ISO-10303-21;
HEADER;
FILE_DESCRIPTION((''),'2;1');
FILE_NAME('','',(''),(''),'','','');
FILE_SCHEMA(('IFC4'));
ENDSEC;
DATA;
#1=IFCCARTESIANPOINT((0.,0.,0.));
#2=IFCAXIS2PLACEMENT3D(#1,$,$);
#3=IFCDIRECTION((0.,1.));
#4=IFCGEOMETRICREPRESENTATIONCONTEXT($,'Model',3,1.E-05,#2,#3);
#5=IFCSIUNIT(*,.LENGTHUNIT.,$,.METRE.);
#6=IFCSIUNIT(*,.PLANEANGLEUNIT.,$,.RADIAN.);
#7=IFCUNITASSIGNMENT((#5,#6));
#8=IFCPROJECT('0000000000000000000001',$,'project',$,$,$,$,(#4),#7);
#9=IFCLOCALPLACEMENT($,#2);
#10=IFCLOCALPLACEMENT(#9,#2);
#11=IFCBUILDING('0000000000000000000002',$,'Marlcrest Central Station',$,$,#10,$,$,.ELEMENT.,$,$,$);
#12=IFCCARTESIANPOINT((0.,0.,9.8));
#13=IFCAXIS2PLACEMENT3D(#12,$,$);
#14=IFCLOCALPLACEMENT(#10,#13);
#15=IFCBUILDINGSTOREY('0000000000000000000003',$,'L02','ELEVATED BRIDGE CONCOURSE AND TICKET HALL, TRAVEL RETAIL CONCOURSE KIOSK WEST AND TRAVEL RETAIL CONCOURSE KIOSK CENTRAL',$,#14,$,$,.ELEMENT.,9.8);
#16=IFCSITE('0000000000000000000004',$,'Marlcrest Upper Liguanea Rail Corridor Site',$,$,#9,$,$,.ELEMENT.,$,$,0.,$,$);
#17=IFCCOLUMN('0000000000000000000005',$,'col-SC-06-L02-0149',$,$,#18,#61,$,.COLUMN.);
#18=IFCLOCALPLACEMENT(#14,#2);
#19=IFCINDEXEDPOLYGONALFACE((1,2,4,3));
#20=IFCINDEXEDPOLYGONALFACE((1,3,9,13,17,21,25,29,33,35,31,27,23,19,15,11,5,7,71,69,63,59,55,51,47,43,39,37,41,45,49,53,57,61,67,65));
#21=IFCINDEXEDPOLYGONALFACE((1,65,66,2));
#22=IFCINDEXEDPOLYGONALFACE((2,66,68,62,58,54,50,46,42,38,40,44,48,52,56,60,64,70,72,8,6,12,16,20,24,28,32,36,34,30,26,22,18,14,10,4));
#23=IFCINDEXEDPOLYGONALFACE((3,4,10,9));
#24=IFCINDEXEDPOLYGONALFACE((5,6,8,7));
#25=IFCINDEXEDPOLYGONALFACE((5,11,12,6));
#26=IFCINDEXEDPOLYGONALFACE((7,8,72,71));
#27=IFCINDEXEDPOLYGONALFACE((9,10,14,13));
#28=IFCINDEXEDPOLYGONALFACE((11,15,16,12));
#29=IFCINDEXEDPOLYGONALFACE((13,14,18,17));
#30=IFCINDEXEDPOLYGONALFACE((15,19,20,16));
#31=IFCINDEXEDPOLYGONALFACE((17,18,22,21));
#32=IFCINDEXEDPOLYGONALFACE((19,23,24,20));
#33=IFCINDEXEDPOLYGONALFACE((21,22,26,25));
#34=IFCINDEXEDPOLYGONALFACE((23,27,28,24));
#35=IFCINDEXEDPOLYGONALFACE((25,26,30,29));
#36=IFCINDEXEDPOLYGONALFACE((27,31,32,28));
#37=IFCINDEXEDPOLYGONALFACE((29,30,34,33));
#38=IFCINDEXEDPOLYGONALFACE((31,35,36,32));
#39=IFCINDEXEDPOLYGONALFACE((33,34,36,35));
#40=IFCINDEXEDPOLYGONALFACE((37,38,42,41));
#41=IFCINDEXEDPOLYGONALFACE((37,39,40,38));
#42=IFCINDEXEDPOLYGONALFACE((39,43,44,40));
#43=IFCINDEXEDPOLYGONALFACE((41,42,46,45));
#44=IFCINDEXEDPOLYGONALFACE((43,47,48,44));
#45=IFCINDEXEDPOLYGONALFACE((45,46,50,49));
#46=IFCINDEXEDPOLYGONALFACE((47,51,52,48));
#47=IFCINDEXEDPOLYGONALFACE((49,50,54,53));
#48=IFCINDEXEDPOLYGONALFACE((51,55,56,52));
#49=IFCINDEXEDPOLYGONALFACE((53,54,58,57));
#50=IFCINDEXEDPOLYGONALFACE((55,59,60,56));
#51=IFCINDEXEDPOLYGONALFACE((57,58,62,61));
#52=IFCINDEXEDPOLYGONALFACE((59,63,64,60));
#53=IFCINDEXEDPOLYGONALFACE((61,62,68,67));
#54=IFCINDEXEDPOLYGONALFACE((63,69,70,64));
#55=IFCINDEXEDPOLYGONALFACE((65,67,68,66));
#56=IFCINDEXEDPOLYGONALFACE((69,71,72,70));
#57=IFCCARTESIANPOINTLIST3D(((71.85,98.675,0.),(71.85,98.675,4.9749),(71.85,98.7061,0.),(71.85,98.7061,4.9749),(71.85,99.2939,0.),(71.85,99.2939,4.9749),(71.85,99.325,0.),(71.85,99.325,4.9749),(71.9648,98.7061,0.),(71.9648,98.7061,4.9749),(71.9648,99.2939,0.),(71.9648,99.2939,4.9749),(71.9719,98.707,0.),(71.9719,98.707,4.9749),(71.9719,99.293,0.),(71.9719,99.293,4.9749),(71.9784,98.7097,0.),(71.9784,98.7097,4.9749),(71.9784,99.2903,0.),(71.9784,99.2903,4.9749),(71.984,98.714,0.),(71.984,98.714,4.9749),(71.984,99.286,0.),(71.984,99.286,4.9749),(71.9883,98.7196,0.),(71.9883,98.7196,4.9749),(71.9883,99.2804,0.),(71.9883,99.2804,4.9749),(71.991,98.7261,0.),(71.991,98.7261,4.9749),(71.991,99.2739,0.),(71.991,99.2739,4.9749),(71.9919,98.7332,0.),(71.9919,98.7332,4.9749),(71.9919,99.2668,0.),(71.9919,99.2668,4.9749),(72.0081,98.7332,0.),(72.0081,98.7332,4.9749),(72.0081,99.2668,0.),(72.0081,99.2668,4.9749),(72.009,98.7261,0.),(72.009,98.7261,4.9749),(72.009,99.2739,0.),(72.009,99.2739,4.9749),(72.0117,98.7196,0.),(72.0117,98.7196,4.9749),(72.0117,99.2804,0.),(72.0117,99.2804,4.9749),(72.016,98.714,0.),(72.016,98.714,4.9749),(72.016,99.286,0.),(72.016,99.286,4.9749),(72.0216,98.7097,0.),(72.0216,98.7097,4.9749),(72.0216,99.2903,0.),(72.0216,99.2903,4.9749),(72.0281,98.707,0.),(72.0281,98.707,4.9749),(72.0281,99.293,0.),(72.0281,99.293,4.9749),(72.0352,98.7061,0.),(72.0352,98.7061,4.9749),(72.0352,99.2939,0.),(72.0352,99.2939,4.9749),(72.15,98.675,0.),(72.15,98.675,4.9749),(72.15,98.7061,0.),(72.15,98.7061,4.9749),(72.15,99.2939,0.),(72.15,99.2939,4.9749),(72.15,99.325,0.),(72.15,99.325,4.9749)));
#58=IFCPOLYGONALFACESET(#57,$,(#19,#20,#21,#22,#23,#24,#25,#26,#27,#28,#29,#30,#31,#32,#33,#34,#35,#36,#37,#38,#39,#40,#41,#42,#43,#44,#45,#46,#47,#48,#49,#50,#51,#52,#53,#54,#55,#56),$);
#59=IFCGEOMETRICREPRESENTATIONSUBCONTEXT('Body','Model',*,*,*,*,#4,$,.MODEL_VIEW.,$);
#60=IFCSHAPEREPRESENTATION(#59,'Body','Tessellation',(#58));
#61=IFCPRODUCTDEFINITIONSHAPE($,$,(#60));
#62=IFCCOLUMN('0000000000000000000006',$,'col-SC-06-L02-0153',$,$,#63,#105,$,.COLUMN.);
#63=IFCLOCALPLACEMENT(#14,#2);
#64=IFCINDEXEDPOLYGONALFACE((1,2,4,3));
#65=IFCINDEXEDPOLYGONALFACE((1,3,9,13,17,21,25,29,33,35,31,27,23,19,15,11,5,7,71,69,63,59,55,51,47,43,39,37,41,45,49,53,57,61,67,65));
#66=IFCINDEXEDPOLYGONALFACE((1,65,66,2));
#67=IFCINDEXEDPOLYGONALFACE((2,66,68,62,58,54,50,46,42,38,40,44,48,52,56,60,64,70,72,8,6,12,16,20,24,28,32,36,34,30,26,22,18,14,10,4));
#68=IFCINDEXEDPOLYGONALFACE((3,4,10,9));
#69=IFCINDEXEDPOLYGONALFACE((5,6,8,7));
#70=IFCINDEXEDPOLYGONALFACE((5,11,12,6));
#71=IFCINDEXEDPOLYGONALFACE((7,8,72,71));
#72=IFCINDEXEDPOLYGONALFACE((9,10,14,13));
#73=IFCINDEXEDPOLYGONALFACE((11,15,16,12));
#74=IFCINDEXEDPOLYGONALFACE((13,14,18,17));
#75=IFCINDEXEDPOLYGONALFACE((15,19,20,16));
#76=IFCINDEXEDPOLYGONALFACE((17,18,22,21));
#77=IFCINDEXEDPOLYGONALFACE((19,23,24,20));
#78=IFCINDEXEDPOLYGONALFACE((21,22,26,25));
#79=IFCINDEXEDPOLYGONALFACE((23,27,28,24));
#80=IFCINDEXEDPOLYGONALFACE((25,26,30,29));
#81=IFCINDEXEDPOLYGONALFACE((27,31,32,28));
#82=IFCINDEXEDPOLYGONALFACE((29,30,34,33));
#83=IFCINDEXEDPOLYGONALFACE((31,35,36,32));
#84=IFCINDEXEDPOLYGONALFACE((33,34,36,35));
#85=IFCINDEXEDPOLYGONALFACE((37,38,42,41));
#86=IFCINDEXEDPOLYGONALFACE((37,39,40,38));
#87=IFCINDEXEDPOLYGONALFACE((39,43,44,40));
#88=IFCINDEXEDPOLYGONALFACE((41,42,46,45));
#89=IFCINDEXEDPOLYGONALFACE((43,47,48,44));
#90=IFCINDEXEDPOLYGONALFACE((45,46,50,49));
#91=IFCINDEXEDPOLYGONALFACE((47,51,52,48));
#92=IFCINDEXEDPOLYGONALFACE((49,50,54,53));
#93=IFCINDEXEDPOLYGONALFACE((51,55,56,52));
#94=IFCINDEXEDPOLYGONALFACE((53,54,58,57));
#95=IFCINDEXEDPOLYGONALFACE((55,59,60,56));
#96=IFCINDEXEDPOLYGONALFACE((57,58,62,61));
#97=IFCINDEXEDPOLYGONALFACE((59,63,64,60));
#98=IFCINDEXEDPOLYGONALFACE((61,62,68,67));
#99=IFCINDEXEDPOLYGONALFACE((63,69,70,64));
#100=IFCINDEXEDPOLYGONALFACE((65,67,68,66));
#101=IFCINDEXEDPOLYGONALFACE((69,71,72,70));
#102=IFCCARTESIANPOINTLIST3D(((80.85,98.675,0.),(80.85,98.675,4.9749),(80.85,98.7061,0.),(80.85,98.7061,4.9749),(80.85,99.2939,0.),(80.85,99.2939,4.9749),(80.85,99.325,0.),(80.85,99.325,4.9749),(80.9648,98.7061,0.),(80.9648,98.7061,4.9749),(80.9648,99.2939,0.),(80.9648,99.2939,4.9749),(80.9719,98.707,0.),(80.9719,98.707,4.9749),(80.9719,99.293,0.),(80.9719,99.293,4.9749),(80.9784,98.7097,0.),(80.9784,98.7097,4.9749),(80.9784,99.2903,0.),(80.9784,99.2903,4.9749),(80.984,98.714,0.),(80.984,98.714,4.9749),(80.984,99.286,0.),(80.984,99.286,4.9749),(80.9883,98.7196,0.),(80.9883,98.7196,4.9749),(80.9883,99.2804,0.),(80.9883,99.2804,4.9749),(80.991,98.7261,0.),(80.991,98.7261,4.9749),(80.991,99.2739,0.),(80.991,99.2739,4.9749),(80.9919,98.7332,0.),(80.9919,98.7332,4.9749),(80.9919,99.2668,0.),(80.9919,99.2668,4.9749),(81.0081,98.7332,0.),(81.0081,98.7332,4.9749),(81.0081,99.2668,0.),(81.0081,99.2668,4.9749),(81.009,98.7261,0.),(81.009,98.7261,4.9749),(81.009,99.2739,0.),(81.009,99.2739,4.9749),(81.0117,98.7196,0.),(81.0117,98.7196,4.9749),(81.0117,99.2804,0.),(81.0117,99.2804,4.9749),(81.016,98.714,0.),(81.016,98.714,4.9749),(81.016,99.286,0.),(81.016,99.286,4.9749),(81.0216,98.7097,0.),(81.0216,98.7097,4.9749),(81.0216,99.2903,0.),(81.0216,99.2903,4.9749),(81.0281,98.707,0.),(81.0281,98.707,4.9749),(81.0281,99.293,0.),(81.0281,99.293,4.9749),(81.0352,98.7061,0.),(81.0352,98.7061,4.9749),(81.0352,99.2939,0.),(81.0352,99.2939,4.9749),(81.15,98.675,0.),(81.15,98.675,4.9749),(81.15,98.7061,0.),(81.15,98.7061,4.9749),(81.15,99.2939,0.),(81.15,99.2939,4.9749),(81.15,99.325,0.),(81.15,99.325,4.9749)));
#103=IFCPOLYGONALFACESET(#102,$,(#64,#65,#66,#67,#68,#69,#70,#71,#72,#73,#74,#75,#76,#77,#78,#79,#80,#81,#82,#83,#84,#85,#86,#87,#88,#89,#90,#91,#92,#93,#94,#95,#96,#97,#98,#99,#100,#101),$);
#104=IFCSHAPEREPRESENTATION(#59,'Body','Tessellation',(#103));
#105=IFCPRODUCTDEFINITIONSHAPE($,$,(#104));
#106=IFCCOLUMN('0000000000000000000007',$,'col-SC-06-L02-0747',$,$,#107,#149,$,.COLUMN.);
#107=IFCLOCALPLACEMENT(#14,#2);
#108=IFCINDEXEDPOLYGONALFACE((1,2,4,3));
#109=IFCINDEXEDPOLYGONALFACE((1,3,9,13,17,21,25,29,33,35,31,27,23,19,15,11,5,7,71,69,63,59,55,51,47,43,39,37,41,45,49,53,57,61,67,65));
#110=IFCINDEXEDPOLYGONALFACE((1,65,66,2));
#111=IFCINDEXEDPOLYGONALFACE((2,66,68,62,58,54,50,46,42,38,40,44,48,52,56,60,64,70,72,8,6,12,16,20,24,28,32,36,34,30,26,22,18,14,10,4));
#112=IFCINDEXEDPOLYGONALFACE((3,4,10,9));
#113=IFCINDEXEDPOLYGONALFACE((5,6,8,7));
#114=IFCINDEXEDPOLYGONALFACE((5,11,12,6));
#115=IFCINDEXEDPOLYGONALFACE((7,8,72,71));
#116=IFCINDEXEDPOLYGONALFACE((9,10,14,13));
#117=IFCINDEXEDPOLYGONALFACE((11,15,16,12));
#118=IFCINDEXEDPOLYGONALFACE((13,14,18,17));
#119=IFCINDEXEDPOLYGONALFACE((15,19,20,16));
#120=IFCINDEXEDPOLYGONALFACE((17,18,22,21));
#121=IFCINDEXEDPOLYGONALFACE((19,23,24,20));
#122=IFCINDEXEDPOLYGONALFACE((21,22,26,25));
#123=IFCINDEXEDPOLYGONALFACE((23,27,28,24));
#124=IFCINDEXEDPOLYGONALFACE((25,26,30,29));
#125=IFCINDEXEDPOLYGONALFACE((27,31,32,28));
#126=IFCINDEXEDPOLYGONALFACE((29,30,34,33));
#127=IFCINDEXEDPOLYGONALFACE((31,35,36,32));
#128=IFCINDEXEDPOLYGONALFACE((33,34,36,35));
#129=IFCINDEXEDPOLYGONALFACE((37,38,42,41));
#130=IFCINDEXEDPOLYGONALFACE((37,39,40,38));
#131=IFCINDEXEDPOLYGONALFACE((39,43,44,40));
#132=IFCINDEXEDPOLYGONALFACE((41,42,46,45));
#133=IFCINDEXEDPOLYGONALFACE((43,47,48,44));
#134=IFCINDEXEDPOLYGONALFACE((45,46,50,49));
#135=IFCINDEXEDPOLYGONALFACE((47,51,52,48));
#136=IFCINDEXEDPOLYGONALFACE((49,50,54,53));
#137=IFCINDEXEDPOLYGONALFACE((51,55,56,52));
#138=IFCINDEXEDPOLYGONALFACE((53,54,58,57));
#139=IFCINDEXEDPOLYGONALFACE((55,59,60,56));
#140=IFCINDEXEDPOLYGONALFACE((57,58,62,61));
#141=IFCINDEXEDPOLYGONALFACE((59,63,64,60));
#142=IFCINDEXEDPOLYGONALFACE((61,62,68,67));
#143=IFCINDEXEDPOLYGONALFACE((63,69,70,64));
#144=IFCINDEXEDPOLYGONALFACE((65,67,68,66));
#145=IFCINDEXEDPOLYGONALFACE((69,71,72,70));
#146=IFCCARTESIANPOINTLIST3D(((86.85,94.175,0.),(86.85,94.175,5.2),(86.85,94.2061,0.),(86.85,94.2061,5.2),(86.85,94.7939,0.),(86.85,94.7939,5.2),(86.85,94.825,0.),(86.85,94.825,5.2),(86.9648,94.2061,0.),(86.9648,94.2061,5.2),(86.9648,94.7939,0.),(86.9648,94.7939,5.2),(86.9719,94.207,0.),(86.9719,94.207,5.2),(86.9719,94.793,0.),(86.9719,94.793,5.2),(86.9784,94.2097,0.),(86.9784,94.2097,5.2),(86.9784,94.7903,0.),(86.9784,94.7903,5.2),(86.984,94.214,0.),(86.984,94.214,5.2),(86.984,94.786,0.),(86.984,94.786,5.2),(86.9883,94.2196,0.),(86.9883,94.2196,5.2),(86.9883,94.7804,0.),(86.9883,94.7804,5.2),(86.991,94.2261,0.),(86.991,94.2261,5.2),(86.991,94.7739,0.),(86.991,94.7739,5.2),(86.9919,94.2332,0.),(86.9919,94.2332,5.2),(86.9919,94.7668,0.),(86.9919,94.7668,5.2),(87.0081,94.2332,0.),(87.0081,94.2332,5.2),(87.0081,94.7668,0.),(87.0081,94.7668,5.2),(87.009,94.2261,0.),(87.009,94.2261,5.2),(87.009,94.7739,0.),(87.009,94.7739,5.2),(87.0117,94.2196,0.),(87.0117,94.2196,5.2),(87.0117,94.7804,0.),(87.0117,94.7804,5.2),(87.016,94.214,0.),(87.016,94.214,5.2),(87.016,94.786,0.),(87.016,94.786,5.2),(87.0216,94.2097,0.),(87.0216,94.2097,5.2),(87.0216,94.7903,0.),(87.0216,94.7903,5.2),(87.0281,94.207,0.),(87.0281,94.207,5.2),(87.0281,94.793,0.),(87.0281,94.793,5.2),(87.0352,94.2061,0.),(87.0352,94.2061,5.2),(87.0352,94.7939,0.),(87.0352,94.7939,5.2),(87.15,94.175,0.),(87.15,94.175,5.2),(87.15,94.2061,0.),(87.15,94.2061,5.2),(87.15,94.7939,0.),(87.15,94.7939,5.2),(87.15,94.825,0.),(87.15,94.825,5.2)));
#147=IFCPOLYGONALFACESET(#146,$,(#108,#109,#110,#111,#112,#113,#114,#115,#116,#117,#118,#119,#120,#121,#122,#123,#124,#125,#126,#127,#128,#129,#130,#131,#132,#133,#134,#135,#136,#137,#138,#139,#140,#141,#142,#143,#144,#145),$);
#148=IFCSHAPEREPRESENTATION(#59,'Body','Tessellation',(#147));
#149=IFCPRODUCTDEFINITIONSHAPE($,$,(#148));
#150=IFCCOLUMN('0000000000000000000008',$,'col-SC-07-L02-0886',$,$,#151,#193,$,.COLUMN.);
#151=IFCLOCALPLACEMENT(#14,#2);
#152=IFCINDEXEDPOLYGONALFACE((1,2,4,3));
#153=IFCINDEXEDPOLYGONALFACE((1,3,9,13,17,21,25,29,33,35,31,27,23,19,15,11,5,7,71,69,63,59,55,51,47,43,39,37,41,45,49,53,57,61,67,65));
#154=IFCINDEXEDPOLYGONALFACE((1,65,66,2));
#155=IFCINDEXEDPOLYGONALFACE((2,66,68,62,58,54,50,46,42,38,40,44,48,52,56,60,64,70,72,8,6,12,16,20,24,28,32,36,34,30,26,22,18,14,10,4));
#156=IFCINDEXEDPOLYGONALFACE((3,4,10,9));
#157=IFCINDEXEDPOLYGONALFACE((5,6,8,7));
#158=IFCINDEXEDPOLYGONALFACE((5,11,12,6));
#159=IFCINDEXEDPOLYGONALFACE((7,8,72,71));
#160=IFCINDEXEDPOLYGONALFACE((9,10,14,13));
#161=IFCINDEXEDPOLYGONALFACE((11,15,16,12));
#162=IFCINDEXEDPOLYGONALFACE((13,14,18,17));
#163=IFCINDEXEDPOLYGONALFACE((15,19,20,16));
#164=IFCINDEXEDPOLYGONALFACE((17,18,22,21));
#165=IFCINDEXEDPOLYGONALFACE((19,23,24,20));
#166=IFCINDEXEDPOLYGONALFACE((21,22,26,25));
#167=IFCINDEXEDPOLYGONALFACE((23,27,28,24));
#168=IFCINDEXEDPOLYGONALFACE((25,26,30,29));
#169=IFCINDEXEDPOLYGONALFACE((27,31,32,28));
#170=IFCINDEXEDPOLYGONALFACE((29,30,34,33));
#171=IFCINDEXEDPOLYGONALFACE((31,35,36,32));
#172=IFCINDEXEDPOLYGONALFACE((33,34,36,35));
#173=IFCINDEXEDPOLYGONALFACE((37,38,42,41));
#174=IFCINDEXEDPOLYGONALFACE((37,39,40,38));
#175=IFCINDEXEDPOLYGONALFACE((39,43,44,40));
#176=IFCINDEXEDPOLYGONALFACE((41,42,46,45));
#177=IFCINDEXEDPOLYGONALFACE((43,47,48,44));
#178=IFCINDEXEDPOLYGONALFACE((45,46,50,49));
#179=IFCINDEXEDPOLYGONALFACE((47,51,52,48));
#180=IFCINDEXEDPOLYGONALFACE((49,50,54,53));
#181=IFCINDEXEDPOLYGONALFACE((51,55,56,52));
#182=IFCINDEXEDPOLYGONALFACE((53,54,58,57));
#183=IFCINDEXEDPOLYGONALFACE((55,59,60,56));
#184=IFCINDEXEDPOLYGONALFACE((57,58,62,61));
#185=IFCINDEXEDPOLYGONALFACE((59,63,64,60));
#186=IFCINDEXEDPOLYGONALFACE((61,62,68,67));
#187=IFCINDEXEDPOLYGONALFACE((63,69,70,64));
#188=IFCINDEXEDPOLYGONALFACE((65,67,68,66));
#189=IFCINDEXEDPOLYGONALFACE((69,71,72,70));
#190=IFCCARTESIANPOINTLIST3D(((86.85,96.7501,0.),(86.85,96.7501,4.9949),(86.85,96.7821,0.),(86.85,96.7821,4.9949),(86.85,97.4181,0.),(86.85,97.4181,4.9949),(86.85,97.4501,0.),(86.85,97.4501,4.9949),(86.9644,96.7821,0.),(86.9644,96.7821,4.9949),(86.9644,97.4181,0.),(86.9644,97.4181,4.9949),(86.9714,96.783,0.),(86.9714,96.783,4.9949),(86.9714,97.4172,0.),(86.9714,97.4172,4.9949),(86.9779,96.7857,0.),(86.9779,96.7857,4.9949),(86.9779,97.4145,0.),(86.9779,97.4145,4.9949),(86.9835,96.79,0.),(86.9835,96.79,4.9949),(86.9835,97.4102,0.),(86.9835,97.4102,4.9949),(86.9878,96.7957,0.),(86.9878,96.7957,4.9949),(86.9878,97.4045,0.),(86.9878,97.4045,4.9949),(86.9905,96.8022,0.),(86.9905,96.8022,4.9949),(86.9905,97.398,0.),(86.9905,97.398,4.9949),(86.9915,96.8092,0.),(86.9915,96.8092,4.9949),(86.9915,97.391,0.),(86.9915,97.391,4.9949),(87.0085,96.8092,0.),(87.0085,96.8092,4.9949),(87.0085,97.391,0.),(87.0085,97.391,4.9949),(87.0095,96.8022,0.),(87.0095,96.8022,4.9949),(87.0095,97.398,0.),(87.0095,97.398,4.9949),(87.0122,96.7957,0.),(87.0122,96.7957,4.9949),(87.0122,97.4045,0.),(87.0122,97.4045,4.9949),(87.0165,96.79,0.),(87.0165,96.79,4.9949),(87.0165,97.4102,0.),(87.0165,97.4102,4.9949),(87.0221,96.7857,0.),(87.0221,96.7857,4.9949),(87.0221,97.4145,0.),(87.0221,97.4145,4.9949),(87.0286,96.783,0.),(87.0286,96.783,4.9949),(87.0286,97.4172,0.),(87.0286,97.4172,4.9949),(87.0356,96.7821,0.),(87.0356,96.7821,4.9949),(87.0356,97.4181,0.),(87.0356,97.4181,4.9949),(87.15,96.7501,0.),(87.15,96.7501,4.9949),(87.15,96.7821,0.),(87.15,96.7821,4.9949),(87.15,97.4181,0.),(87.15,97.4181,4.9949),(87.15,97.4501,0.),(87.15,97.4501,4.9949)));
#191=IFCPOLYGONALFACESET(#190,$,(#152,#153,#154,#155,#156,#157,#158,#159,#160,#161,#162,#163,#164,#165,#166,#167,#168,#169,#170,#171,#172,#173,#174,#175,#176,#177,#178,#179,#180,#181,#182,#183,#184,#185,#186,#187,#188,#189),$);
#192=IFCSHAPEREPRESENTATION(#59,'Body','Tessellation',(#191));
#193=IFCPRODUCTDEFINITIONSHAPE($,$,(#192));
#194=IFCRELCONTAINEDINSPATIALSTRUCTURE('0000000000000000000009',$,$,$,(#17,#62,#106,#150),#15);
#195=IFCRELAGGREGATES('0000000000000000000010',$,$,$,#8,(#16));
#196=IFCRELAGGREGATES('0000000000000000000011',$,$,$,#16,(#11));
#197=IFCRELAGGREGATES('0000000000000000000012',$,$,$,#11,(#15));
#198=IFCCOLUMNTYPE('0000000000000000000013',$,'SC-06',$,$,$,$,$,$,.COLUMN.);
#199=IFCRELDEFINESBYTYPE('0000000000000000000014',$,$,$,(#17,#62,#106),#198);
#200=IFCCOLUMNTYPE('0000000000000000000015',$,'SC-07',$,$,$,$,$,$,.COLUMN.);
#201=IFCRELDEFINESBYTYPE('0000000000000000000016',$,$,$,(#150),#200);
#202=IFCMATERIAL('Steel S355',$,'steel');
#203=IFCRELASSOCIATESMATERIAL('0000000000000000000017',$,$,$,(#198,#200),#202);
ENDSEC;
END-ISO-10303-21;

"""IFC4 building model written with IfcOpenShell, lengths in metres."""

from ifc_helpers import new_model, si_unit, direction, frame, origin, origin_2d, place, context, subcontext, project, spatial, i_section, extrude, material, material_profile, profile_set, type_object, element, save


model = new_model("IFC4")

# Units and contexts
model_context = context("Model", 3, precision=1e-05, world=origin(), true_north=direction((0.0, 1.0)))
body_context = subcontext(model_context, "Body", "Model", "MODEL_VIEW")
ifc_project = project(units=[si_unit("LENGTHUNIT", "METRE"), si_unit("PLANEANGLEUNIT", "RADIAN")], contexts=[model_context])

# Site, building, storey
site_placement = place(None, origin())
site = spatial("IfcSite", under=ifc_project, at=site_placement, Name="Marlcrest Upper Liguanea Rail Corridor Site", CompositionType="ELEMENT", RefElevation=0.0)
building_placement = place(site_placement, origin())
building = spatial("IfcBuilding", under=site, at=building_placement, Name="Marlcrest Central Station", CompositionType="ELEMENT")
storey_placement = place(building_placement, frame((0.0, 0.0, 9.8)))
storey = spatial("IfcBuildingStorey", under=building, at=storey_placement, Name="L02", Description="ELEVATED BRIDGE CONCOURSE AND TICKET HALL, TRAVEL RETAIL CONCOURSE KIOSK WEST AND TRAVEL RETAIL CONCOURSE KIOSK CENTRAL", CompositionType="ELEMENT", Elevation=9.8)

# Columns
ifc_material_1 = material(Name="Steel S355", Category="steel")
ifc_material_profile_1 = material_profile(ifc_material_1, i_section(OverallWidth=0.3, OverallDepth=0.6499, WebThickness=0.0161, FlangeThickness=0.031, FilletRadius=0.0271, at=origin_2d()), Name="HEB 650")
ifc_profile_set_1 = profile_set([ifc_material_profile_1], Name="Steel S355")
column_type_1 = type_object("IfcColumnType", Name="SC-06", PredefinedType="COLUMN", material=ifc_profile_set_1)
for number, where, z_axis, x_axis, name in (
    (1, (72.0, 99.0, 0.0), (0.0, 0.0, 1.0), (1.0, 0.0, 0.0), "col-SC-06-L02-0149"),
    (2, (81.0, 99.0, 0.0), (0.0, 0.0, 1.0), (1.0, 0.0, 0.0), "col-SC-06-L02-0153"),
):
    element("IfcColumn", number, at=place(storey_placement, frame(where, z_axis=z_axis, x_axis=x_axis)), inside=storey, type_object=column_type_1, Name=name, PredefinedType="COLUMN", context=body_context, shape_type="SweptSolid", body=[
        extrude(i_section(OverallWidth=0.3, OverallDepth=0.6499, WebThickness=0.0161, FlangeThickness=0.031, FilletRadius=0.0271, at=origin_2d()), origin(), (0.0, 0.0, 1.0), 4.9749),
    ])
column_1_placement = place(storey_placement, frame((87.0, 94.5, 0.0), z_axis=(0.0, 0.0, 1.0), x_axis=(1.0, 0.0, 0.0)))
element("IfcColumn", 3, at=column_1_placement, inside=storey, type_object=column_type_1, Name="col-SC-06-L02-0747", PredefinedType="COLUMN", context=body_context, shape_type="SweptSolid", body=[
    extrude(i_section(OverallWidth=0.3, OverallDepth=0.6499, WebThickness=0.0161, FlangeThickness=0.031, FilletRadius=0.0271, at=origin_2d()), origin(), (0.0, 0.0, 1.0), 5.2),
])
ifc_material_profile_2 = material_profile(ifc_material_1, i_section(OverallWidth=0.3, OverallDepth=0.7, WebThickness=0.0171, FlangeThickness=0.032, FilletRadius=0.0271, at=origin_2d()), Name="HEB 700")
ifc_profile_set_2 = profile_set([ifc_material_profile_2], Name="Steel S355")
column_type_2 = type_object("IfcColumnType", Name="SC-07", PredefinedType="COLUMN", material=ifc_profile_set_2)
column_2_placement = place(storey_placement, frame((87.0, 97.1001, 0.0), z_axis=(0.0, 0.0, 1.0), x_axis=(1.0, 0.0, 0.0)))
element("IfcColumn", 4, at=column_2_placement, inside=storey, type_object=column_type_2, Name="col-SC-07-L02-0886", PredefinedType="COLUMN", context=body_context, shape_type="SweptSolid", body=[
    extrude(i_section(OverallWidth=0.3, OverallDepth=0.7, WebThickness=0.0171, FlangeThickness=0.032, FilletRadius=0.0271, at=origin_2d()), origin(), (0.0, 0.0, 1.0), 4.9949),
])

save(model, "model.ifc")
